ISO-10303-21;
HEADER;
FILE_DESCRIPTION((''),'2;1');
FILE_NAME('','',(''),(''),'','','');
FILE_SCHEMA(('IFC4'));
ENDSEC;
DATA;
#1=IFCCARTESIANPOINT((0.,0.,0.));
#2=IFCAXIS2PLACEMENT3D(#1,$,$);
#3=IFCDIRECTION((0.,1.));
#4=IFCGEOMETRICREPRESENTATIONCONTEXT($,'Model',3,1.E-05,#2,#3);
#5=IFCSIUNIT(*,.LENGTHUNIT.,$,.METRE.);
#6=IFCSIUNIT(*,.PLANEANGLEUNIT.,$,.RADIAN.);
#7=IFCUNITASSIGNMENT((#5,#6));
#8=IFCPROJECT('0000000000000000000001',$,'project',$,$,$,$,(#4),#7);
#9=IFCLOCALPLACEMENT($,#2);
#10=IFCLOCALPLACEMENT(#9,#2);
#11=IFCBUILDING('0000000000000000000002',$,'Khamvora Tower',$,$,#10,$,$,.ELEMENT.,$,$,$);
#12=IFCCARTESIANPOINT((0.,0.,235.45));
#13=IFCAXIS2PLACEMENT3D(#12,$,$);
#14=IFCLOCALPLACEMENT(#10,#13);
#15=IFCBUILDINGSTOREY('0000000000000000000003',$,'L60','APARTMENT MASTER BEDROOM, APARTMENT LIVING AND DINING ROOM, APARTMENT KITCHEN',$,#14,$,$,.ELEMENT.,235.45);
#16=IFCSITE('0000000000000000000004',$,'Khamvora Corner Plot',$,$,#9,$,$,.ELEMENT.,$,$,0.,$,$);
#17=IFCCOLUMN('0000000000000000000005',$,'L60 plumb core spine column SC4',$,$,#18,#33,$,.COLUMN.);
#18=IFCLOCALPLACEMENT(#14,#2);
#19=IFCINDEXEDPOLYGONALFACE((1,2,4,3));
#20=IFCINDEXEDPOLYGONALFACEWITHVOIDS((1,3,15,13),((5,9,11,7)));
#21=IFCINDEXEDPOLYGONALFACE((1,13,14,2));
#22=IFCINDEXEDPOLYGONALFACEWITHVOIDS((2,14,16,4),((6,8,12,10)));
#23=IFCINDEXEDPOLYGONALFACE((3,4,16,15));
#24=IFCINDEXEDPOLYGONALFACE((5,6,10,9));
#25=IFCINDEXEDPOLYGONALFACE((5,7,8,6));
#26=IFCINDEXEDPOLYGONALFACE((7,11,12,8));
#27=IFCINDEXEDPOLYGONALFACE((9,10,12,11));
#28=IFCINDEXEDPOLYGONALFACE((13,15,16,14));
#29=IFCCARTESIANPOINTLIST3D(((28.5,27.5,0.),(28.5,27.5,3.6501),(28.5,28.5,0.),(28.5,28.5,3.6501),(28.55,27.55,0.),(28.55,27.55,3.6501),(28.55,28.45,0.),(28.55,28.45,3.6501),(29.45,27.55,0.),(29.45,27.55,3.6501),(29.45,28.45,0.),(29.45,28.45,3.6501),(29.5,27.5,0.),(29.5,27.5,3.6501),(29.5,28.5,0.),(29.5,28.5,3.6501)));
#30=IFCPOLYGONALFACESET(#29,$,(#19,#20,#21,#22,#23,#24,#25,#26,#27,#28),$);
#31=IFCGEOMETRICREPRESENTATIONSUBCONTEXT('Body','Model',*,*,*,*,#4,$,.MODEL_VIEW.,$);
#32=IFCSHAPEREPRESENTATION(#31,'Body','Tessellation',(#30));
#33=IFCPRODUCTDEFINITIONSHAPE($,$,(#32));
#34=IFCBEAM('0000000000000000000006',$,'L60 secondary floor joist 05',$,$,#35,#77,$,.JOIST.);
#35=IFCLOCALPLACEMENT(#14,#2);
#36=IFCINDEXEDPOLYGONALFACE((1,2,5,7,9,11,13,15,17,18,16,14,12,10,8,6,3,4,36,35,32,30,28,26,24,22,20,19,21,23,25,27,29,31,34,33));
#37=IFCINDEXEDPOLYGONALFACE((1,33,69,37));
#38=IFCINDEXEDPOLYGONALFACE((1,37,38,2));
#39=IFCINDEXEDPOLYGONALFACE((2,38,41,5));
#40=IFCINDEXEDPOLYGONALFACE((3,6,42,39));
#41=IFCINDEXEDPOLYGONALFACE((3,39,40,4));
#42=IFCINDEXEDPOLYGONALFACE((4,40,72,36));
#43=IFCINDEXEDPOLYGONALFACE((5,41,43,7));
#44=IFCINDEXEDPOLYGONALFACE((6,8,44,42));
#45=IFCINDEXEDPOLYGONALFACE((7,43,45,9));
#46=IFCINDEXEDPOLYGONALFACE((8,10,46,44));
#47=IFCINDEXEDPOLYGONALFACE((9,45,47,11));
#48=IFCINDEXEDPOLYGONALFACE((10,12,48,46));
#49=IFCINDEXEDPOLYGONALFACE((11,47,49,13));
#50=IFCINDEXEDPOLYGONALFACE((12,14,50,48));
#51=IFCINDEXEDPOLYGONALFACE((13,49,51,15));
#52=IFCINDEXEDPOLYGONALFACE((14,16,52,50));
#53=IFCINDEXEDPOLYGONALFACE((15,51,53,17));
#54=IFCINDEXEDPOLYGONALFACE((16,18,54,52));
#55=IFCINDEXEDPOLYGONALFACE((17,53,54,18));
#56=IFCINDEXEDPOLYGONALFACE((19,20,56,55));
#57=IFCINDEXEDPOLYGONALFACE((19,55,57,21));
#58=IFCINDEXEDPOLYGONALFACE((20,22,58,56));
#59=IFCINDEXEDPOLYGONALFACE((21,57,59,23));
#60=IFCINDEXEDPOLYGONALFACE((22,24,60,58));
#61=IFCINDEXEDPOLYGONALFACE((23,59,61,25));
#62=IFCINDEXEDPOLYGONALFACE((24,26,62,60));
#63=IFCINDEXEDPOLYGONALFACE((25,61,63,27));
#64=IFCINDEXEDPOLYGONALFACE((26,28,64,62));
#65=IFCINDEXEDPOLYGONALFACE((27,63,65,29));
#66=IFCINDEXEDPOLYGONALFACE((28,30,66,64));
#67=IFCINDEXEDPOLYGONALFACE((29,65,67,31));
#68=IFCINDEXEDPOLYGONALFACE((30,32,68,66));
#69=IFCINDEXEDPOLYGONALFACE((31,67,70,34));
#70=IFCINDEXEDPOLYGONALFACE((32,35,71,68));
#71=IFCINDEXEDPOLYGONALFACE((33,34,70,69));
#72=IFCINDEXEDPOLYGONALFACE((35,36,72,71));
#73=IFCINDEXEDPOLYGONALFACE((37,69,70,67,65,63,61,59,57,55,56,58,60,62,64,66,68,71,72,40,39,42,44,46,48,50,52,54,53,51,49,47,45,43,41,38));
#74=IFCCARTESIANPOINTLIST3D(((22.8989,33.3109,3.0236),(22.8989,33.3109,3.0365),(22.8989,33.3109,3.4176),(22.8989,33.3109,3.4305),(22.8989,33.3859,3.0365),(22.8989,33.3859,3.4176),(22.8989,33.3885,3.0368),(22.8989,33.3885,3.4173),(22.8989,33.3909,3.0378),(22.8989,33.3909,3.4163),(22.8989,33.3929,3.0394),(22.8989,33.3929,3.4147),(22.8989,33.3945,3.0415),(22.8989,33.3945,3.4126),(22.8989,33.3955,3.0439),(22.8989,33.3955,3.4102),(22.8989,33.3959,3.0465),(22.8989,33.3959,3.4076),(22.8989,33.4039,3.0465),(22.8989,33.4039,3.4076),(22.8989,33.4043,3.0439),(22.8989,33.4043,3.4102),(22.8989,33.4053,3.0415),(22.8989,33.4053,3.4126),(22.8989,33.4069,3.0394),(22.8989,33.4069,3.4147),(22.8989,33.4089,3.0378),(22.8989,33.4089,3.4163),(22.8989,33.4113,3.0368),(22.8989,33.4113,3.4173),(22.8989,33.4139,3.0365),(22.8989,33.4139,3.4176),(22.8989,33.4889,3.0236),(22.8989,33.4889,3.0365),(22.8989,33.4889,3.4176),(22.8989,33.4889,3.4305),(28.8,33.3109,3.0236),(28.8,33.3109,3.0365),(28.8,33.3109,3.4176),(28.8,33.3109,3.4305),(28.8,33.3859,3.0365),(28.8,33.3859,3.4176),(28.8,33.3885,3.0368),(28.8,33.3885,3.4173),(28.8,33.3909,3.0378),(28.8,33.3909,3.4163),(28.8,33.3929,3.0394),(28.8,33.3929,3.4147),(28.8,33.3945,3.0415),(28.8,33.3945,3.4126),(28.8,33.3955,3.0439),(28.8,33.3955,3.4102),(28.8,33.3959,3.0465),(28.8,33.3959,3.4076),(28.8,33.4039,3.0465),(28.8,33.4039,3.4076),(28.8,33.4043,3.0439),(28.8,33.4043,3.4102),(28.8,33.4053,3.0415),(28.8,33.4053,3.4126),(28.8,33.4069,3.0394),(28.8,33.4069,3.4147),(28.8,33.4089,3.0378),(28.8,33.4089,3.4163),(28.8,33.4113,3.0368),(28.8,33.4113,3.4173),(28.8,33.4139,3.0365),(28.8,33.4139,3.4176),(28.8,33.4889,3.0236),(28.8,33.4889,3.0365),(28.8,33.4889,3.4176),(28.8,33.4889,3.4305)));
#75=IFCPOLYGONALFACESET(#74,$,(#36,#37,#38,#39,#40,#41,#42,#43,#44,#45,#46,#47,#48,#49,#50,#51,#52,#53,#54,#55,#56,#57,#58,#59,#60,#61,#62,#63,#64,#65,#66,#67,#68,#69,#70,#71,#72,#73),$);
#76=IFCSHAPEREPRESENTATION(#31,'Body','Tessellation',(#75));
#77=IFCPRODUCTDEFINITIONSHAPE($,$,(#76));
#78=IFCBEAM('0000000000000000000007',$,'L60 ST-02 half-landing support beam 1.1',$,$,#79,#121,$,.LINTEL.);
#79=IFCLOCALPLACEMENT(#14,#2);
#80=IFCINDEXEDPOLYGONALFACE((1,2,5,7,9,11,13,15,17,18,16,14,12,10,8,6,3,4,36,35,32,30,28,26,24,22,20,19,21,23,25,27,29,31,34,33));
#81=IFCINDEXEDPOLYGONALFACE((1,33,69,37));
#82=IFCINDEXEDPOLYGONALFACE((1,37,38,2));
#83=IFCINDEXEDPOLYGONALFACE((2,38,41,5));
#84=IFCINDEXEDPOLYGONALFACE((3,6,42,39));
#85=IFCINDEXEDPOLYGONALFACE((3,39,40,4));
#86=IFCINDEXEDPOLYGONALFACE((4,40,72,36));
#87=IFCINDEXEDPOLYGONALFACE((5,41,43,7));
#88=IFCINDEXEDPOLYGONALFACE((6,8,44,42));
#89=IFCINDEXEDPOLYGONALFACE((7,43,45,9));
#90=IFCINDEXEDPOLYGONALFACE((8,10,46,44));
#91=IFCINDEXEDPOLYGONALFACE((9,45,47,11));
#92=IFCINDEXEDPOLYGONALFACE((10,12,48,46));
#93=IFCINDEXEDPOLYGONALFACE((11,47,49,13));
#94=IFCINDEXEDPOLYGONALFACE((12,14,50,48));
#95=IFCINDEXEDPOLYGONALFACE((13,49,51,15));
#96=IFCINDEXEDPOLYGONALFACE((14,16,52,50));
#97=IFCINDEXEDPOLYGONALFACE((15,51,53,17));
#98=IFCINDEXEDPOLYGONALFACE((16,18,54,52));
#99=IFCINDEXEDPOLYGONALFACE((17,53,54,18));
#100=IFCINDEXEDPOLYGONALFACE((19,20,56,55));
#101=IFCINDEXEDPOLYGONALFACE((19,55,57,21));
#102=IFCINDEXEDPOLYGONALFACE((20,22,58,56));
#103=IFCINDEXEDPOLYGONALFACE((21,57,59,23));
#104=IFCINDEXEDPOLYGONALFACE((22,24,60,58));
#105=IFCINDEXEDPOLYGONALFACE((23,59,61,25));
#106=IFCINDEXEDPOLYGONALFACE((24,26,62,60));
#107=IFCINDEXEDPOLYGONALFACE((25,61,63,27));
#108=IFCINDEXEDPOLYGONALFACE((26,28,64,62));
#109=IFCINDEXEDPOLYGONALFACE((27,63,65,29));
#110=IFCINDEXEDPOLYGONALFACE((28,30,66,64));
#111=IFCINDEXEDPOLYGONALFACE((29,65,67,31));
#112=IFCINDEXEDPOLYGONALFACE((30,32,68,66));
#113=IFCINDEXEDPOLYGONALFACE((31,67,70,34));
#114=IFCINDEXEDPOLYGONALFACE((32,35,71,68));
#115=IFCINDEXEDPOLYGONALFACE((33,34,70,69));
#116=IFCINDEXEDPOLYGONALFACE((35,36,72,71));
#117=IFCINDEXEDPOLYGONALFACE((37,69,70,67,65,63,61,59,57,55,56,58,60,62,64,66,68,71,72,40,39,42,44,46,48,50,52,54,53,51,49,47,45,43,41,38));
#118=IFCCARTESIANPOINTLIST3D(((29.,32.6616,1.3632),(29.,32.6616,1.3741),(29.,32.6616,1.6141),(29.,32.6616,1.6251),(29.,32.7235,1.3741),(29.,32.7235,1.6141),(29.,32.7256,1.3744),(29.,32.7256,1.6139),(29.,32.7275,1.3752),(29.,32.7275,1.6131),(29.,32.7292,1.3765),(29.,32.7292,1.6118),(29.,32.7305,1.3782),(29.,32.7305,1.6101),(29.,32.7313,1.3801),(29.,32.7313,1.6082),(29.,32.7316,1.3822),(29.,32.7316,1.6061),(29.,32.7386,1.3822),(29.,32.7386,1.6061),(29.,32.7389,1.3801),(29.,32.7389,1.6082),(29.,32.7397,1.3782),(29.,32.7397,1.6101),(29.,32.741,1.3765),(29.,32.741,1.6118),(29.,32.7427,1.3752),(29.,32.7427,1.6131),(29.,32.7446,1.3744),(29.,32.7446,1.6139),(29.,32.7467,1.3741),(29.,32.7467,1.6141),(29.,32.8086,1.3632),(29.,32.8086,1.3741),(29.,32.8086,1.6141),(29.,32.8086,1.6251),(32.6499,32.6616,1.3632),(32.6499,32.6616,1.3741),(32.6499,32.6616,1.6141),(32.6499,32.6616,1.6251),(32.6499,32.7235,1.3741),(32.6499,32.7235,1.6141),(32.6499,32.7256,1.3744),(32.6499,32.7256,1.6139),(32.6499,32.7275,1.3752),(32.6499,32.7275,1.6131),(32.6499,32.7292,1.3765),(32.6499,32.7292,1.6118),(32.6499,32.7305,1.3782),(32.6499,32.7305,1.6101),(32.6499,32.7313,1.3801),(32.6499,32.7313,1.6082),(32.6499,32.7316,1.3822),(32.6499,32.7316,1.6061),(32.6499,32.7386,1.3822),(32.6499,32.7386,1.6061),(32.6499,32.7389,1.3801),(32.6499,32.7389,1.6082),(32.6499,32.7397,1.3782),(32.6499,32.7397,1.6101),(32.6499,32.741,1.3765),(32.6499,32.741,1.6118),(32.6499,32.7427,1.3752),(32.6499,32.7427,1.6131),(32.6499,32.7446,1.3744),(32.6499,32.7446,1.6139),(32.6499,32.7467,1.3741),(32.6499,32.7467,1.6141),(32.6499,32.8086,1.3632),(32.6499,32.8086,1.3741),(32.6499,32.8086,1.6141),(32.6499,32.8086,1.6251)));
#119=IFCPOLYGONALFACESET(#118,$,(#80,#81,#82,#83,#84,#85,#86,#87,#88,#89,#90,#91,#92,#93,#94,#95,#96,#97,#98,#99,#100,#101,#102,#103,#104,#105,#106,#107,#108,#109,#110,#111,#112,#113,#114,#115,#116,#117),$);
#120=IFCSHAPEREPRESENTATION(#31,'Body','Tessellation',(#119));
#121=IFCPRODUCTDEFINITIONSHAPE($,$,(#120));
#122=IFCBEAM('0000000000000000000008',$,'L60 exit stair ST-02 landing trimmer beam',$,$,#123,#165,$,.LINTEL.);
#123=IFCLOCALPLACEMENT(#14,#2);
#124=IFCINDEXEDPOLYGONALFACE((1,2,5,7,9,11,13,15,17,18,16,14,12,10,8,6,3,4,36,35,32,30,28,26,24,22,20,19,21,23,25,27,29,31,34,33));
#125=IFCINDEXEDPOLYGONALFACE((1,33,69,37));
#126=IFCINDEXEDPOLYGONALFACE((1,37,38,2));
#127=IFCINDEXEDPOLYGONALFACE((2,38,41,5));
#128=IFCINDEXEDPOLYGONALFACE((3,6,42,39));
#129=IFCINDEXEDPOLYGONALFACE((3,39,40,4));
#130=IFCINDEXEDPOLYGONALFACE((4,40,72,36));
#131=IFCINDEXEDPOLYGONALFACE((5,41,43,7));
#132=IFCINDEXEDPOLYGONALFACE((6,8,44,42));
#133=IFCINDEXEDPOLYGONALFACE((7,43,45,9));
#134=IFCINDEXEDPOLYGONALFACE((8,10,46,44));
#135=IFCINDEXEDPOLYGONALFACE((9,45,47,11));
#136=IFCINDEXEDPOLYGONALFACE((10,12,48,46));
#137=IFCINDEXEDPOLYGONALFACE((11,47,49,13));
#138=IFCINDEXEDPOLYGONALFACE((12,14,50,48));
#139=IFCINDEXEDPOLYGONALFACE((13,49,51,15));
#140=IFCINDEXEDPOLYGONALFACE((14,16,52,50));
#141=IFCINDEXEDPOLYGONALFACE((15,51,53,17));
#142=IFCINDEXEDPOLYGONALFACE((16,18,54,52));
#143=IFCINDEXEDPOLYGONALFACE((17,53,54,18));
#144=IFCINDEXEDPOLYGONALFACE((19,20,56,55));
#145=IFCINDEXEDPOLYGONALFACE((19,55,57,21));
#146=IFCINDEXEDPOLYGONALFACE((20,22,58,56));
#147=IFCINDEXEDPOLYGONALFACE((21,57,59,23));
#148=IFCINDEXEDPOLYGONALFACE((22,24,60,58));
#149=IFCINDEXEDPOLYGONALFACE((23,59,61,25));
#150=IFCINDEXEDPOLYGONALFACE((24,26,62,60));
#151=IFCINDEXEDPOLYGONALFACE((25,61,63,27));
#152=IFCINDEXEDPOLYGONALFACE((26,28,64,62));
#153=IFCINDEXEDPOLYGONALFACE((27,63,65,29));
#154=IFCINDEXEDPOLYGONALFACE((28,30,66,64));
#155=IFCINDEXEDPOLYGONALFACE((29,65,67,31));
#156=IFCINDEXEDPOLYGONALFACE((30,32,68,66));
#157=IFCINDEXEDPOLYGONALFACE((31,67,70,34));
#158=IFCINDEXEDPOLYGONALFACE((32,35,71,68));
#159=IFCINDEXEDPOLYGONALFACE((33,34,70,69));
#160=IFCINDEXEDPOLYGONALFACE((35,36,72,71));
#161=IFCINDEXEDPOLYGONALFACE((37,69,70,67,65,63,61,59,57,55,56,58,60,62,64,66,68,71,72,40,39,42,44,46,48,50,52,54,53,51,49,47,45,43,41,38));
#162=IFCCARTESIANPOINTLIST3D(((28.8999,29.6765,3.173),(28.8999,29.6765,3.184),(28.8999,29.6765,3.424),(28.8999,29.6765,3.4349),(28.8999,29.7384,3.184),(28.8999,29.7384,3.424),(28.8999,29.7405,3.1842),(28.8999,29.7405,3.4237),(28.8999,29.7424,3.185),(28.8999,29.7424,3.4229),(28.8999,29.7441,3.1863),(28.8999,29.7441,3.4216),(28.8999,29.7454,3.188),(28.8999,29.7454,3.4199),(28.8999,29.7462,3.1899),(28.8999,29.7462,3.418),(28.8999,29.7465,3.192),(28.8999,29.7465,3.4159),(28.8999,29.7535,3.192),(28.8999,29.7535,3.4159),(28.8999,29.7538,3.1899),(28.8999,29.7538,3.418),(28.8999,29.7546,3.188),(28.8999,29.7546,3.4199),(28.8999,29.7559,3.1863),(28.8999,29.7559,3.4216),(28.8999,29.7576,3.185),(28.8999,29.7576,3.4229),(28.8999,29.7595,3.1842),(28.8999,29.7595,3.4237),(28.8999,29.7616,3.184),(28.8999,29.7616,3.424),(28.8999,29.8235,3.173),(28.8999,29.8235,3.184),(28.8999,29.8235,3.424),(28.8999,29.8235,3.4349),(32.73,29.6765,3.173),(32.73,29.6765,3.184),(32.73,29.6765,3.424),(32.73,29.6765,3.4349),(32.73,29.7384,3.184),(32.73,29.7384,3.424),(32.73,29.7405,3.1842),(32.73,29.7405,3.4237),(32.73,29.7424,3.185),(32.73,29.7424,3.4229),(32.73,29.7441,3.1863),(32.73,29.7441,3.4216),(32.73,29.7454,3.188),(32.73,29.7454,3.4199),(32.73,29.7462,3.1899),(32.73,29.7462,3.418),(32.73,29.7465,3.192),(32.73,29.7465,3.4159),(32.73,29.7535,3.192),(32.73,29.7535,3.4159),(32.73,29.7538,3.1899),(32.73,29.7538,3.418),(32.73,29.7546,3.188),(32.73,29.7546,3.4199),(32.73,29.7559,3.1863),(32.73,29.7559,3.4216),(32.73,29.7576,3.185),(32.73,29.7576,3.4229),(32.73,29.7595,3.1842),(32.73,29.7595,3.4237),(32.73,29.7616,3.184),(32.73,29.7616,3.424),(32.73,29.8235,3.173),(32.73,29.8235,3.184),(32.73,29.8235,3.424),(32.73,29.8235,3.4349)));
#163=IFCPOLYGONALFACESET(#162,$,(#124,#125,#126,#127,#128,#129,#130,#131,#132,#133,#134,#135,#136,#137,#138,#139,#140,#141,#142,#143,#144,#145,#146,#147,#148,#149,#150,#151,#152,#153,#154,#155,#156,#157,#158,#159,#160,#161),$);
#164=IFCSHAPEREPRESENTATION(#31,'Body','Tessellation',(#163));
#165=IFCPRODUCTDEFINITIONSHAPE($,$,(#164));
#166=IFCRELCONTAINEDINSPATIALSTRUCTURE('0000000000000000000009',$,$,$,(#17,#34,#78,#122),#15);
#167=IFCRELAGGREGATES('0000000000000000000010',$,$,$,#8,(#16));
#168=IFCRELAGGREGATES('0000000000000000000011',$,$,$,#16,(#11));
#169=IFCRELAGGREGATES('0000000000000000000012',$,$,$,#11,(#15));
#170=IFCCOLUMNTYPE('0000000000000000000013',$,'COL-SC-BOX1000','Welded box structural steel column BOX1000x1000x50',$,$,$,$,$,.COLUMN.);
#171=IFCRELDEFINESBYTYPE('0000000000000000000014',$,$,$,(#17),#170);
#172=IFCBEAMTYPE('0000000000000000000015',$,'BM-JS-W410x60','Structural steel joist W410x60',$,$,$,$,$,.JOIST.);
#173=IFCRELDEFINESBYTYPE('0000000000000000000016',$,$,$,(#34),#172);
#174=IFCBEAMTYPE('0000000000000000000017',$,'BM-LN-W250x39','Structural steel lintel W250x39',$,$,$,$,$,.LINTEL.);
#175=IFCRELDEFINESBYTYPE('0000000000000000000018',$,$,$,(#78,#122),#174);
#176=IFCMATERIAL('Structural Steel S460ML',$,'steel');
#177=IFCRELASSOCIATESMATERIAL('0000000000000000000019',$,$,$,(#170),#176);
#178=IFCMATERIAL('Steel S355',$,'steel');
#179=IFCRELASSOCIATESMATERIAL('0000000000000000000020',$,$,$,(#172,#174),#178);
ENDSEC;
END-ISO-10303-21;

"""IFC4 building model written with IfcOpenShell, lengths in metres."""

from ifc_helpers import new_model, si_unit, direction, frame, origin, origin_2d, place, context, subcontext, project, spatial, hollow_rectangle, i_section, extrude, material, material_profile, profile_set, type_object, element, save


model = new_model("IFC4")

# Units and contexts
model_context = context("Model", 3, precision=1e-05, world=origin(), true_north=direction((0.0, 1.0)))
body_context = subcontext(model_context, "Body", "Model", "MODEL_VIEW")
ifc_project = project(units=[si_unit("LENGTHUNIT", "METRE"), si_unit("PLANEANGLEUNIT", "RADIAN")], contexts=[model_context])

# Site, building, storey
site_placement = place(None, origin())
site = spatial("IfcSite", under=ifc_project, at=site_placement, Name="Khamvora Corner Plot", CompositionType="ELEMENT", RefElevation=0.0)
building_placement = place(site_placement, origin())
building = spatial("IfcBuilding", under=site, at=building_placement, Name="Khamvora Tower", CompositionType="ELEMENT")
storey_placement = place(building_placement, frame((0.0, 0.0, 235.45)))
storey = spatial("IfcBuildingStorey", under=building, at=storey_placement, Name="L60", Description="APARTMENT MASTER BEDROOM, APARTMENT LIVING AND DINING ROOM, APARTMENT KITCHEN", CompositionType="ELEMENT", Elevation=235.45)

# Column
ifc_material_1 = material(Name="Structural Steel S460ML", Category="steel")
ifc_material_profile_1 = material_profile(ifc_material_1, hollow_rectangle(XDim=1.0, YDim=1.0, WallThickness=0.05, at=origin_2d()), Name="BOX1000x1000x50")
ifc_profile_set_1 = profile_set([ifc_material_profile_1], Name="Structural Steel S460ML")
column_type = type_object("IfcColumnType", Name="COL-SC-BOX1000", Description="Welded box structural steel column BOX1000x1000x50", PredefinedType="COLUMN", material=ifc_profile_set_1)
column_placement = place(storey_placement, frame((29.0, 28.0, 0.0), z_axis=(0.0, 0.0, 1.0), x_axis=(1.0, 0.0, 0.0)))
element("IfcColumn", 1, at=column_placement, inside=storey, type_object=column_type, Name="L60 plumb core spine column SC4", PredefinedType="COLUMN", context=body_context, shape_type="SweptSolid", body=[
    extrude(hollow_rectangle(XDim=1.0, YDim=1.0, WallThickness=0.05, at=origin_2d()), origin(), (0.0, 0.0, 1.0), 3.6501),
])

# Beams
ifc_material_2 = material(Name="Steel S355", Category="steel")
ifc_material_profile_2 = material_profile(ifc_material_2, i_section(OverallWidth=0.178, OverallDepth=0.407, WebThickness=0.0081, FlangeThickness=0.0129, FilletRadius=0.01, at=origin_2d()), Name="W410x60")
ifc_profile_set_2 = profile_set([ifc_material_profile_2], Name="Steel S355")
beam_type_1 = type_object("IfcBeamType", Name="BM-JS-W410x60", Description="Structural steel joist W410x60", PredefinedType="JOIST", material=ifc_profile_set_2)
beam_1_placement = place(storey_placement, frame((22.8989, 33.3999, 3.2271), z_axis=(1.0, 0.0, 0.0), x_axis=(0.0, 1.0, 0.0)))
element("IfcBeam", 2, at=beam_1_placement, inside=storey, type_object=beam_type_1, Name="L60 secondary floor joist 05", PredefinedType="JOIST", context=body_context, shape_type="SweptSolid", body=[
    extrude(i_section(OverallWidth=0.178, OverallDepth=0.407, WebThickness=0.0081, FlangeThickness=0.0129, FilletRadius=0.01, at=origin_2d()), origin(), (0.0, 0.0, 1.0), 5.9011),
])
ifc_material_profile_3 = material_profile(ifc_material_2, i_section(OverallWidth=0.147, OverallDepth=0.262, WebThickness=0.0071, FlangeThickness=0.011, FilletRadius=0.0081, at=origin_2d()), Name="W250x39")
ifc_profile_set_3 = profile_set([ifc_material_profile_3], Name="Steel S355")
beam_type_2 = type_object("IfcBeamType", Name="BM-LN-W250x39", Description="Structural steel lintel W250x39", PredefinedType="LINTEL", material=ifc_profile_set_3)
beam_2_placement = place(storey_placement, frame((29.0, 32.7351, 1.4941), z_axis=(1.0, 0.0, 0.0), x_axis=(0.0, 1.0, 0.0)))
element("IfcBeam", 3, at=beam_2_placement, inside=storey, type_object=beam_type_2, Name="L60 ST-02 half-landing support beam 1.1", PredefinedType="LINTEL", context=body_context, shape_type="SweptSolid", body=[
    extrude(i_section(OverallWidth=0.147, OverallDepth=0.262, WebThickness=0.0071, FlangeThickness=0.011, FilletRadius=0.0081, at=origin_2d()), origin(), (0.0, 0.0, 1.0), 3.6499),
])
beam_3_placement = place(storey_placement, frame((28.8999, 29.75, 3.304), z_axis=(1.0, 0.0, 0.0), x_axis=(0.0, 1.0, 0.0)))
element("IfcBeam", 4, at=beam_3_placement, inside=storey, type_object=beam_type_2, Name="L60 exit stair ST-02 landing trimmer beam", PredefinedType="LINTEL", context=body_context, shape_type="SweptSolid", body=[
    extrude(i_section(OverallWidth=0.147, OverallDepth=0.262, WebThickness=0.0071, FlangeThickness=0.011, FilletRadius=0.0081, at=origin_2d()), origin(), (0.0, 0.0, 1.0), 3.8301),
])

save(model, "model.ifc")
